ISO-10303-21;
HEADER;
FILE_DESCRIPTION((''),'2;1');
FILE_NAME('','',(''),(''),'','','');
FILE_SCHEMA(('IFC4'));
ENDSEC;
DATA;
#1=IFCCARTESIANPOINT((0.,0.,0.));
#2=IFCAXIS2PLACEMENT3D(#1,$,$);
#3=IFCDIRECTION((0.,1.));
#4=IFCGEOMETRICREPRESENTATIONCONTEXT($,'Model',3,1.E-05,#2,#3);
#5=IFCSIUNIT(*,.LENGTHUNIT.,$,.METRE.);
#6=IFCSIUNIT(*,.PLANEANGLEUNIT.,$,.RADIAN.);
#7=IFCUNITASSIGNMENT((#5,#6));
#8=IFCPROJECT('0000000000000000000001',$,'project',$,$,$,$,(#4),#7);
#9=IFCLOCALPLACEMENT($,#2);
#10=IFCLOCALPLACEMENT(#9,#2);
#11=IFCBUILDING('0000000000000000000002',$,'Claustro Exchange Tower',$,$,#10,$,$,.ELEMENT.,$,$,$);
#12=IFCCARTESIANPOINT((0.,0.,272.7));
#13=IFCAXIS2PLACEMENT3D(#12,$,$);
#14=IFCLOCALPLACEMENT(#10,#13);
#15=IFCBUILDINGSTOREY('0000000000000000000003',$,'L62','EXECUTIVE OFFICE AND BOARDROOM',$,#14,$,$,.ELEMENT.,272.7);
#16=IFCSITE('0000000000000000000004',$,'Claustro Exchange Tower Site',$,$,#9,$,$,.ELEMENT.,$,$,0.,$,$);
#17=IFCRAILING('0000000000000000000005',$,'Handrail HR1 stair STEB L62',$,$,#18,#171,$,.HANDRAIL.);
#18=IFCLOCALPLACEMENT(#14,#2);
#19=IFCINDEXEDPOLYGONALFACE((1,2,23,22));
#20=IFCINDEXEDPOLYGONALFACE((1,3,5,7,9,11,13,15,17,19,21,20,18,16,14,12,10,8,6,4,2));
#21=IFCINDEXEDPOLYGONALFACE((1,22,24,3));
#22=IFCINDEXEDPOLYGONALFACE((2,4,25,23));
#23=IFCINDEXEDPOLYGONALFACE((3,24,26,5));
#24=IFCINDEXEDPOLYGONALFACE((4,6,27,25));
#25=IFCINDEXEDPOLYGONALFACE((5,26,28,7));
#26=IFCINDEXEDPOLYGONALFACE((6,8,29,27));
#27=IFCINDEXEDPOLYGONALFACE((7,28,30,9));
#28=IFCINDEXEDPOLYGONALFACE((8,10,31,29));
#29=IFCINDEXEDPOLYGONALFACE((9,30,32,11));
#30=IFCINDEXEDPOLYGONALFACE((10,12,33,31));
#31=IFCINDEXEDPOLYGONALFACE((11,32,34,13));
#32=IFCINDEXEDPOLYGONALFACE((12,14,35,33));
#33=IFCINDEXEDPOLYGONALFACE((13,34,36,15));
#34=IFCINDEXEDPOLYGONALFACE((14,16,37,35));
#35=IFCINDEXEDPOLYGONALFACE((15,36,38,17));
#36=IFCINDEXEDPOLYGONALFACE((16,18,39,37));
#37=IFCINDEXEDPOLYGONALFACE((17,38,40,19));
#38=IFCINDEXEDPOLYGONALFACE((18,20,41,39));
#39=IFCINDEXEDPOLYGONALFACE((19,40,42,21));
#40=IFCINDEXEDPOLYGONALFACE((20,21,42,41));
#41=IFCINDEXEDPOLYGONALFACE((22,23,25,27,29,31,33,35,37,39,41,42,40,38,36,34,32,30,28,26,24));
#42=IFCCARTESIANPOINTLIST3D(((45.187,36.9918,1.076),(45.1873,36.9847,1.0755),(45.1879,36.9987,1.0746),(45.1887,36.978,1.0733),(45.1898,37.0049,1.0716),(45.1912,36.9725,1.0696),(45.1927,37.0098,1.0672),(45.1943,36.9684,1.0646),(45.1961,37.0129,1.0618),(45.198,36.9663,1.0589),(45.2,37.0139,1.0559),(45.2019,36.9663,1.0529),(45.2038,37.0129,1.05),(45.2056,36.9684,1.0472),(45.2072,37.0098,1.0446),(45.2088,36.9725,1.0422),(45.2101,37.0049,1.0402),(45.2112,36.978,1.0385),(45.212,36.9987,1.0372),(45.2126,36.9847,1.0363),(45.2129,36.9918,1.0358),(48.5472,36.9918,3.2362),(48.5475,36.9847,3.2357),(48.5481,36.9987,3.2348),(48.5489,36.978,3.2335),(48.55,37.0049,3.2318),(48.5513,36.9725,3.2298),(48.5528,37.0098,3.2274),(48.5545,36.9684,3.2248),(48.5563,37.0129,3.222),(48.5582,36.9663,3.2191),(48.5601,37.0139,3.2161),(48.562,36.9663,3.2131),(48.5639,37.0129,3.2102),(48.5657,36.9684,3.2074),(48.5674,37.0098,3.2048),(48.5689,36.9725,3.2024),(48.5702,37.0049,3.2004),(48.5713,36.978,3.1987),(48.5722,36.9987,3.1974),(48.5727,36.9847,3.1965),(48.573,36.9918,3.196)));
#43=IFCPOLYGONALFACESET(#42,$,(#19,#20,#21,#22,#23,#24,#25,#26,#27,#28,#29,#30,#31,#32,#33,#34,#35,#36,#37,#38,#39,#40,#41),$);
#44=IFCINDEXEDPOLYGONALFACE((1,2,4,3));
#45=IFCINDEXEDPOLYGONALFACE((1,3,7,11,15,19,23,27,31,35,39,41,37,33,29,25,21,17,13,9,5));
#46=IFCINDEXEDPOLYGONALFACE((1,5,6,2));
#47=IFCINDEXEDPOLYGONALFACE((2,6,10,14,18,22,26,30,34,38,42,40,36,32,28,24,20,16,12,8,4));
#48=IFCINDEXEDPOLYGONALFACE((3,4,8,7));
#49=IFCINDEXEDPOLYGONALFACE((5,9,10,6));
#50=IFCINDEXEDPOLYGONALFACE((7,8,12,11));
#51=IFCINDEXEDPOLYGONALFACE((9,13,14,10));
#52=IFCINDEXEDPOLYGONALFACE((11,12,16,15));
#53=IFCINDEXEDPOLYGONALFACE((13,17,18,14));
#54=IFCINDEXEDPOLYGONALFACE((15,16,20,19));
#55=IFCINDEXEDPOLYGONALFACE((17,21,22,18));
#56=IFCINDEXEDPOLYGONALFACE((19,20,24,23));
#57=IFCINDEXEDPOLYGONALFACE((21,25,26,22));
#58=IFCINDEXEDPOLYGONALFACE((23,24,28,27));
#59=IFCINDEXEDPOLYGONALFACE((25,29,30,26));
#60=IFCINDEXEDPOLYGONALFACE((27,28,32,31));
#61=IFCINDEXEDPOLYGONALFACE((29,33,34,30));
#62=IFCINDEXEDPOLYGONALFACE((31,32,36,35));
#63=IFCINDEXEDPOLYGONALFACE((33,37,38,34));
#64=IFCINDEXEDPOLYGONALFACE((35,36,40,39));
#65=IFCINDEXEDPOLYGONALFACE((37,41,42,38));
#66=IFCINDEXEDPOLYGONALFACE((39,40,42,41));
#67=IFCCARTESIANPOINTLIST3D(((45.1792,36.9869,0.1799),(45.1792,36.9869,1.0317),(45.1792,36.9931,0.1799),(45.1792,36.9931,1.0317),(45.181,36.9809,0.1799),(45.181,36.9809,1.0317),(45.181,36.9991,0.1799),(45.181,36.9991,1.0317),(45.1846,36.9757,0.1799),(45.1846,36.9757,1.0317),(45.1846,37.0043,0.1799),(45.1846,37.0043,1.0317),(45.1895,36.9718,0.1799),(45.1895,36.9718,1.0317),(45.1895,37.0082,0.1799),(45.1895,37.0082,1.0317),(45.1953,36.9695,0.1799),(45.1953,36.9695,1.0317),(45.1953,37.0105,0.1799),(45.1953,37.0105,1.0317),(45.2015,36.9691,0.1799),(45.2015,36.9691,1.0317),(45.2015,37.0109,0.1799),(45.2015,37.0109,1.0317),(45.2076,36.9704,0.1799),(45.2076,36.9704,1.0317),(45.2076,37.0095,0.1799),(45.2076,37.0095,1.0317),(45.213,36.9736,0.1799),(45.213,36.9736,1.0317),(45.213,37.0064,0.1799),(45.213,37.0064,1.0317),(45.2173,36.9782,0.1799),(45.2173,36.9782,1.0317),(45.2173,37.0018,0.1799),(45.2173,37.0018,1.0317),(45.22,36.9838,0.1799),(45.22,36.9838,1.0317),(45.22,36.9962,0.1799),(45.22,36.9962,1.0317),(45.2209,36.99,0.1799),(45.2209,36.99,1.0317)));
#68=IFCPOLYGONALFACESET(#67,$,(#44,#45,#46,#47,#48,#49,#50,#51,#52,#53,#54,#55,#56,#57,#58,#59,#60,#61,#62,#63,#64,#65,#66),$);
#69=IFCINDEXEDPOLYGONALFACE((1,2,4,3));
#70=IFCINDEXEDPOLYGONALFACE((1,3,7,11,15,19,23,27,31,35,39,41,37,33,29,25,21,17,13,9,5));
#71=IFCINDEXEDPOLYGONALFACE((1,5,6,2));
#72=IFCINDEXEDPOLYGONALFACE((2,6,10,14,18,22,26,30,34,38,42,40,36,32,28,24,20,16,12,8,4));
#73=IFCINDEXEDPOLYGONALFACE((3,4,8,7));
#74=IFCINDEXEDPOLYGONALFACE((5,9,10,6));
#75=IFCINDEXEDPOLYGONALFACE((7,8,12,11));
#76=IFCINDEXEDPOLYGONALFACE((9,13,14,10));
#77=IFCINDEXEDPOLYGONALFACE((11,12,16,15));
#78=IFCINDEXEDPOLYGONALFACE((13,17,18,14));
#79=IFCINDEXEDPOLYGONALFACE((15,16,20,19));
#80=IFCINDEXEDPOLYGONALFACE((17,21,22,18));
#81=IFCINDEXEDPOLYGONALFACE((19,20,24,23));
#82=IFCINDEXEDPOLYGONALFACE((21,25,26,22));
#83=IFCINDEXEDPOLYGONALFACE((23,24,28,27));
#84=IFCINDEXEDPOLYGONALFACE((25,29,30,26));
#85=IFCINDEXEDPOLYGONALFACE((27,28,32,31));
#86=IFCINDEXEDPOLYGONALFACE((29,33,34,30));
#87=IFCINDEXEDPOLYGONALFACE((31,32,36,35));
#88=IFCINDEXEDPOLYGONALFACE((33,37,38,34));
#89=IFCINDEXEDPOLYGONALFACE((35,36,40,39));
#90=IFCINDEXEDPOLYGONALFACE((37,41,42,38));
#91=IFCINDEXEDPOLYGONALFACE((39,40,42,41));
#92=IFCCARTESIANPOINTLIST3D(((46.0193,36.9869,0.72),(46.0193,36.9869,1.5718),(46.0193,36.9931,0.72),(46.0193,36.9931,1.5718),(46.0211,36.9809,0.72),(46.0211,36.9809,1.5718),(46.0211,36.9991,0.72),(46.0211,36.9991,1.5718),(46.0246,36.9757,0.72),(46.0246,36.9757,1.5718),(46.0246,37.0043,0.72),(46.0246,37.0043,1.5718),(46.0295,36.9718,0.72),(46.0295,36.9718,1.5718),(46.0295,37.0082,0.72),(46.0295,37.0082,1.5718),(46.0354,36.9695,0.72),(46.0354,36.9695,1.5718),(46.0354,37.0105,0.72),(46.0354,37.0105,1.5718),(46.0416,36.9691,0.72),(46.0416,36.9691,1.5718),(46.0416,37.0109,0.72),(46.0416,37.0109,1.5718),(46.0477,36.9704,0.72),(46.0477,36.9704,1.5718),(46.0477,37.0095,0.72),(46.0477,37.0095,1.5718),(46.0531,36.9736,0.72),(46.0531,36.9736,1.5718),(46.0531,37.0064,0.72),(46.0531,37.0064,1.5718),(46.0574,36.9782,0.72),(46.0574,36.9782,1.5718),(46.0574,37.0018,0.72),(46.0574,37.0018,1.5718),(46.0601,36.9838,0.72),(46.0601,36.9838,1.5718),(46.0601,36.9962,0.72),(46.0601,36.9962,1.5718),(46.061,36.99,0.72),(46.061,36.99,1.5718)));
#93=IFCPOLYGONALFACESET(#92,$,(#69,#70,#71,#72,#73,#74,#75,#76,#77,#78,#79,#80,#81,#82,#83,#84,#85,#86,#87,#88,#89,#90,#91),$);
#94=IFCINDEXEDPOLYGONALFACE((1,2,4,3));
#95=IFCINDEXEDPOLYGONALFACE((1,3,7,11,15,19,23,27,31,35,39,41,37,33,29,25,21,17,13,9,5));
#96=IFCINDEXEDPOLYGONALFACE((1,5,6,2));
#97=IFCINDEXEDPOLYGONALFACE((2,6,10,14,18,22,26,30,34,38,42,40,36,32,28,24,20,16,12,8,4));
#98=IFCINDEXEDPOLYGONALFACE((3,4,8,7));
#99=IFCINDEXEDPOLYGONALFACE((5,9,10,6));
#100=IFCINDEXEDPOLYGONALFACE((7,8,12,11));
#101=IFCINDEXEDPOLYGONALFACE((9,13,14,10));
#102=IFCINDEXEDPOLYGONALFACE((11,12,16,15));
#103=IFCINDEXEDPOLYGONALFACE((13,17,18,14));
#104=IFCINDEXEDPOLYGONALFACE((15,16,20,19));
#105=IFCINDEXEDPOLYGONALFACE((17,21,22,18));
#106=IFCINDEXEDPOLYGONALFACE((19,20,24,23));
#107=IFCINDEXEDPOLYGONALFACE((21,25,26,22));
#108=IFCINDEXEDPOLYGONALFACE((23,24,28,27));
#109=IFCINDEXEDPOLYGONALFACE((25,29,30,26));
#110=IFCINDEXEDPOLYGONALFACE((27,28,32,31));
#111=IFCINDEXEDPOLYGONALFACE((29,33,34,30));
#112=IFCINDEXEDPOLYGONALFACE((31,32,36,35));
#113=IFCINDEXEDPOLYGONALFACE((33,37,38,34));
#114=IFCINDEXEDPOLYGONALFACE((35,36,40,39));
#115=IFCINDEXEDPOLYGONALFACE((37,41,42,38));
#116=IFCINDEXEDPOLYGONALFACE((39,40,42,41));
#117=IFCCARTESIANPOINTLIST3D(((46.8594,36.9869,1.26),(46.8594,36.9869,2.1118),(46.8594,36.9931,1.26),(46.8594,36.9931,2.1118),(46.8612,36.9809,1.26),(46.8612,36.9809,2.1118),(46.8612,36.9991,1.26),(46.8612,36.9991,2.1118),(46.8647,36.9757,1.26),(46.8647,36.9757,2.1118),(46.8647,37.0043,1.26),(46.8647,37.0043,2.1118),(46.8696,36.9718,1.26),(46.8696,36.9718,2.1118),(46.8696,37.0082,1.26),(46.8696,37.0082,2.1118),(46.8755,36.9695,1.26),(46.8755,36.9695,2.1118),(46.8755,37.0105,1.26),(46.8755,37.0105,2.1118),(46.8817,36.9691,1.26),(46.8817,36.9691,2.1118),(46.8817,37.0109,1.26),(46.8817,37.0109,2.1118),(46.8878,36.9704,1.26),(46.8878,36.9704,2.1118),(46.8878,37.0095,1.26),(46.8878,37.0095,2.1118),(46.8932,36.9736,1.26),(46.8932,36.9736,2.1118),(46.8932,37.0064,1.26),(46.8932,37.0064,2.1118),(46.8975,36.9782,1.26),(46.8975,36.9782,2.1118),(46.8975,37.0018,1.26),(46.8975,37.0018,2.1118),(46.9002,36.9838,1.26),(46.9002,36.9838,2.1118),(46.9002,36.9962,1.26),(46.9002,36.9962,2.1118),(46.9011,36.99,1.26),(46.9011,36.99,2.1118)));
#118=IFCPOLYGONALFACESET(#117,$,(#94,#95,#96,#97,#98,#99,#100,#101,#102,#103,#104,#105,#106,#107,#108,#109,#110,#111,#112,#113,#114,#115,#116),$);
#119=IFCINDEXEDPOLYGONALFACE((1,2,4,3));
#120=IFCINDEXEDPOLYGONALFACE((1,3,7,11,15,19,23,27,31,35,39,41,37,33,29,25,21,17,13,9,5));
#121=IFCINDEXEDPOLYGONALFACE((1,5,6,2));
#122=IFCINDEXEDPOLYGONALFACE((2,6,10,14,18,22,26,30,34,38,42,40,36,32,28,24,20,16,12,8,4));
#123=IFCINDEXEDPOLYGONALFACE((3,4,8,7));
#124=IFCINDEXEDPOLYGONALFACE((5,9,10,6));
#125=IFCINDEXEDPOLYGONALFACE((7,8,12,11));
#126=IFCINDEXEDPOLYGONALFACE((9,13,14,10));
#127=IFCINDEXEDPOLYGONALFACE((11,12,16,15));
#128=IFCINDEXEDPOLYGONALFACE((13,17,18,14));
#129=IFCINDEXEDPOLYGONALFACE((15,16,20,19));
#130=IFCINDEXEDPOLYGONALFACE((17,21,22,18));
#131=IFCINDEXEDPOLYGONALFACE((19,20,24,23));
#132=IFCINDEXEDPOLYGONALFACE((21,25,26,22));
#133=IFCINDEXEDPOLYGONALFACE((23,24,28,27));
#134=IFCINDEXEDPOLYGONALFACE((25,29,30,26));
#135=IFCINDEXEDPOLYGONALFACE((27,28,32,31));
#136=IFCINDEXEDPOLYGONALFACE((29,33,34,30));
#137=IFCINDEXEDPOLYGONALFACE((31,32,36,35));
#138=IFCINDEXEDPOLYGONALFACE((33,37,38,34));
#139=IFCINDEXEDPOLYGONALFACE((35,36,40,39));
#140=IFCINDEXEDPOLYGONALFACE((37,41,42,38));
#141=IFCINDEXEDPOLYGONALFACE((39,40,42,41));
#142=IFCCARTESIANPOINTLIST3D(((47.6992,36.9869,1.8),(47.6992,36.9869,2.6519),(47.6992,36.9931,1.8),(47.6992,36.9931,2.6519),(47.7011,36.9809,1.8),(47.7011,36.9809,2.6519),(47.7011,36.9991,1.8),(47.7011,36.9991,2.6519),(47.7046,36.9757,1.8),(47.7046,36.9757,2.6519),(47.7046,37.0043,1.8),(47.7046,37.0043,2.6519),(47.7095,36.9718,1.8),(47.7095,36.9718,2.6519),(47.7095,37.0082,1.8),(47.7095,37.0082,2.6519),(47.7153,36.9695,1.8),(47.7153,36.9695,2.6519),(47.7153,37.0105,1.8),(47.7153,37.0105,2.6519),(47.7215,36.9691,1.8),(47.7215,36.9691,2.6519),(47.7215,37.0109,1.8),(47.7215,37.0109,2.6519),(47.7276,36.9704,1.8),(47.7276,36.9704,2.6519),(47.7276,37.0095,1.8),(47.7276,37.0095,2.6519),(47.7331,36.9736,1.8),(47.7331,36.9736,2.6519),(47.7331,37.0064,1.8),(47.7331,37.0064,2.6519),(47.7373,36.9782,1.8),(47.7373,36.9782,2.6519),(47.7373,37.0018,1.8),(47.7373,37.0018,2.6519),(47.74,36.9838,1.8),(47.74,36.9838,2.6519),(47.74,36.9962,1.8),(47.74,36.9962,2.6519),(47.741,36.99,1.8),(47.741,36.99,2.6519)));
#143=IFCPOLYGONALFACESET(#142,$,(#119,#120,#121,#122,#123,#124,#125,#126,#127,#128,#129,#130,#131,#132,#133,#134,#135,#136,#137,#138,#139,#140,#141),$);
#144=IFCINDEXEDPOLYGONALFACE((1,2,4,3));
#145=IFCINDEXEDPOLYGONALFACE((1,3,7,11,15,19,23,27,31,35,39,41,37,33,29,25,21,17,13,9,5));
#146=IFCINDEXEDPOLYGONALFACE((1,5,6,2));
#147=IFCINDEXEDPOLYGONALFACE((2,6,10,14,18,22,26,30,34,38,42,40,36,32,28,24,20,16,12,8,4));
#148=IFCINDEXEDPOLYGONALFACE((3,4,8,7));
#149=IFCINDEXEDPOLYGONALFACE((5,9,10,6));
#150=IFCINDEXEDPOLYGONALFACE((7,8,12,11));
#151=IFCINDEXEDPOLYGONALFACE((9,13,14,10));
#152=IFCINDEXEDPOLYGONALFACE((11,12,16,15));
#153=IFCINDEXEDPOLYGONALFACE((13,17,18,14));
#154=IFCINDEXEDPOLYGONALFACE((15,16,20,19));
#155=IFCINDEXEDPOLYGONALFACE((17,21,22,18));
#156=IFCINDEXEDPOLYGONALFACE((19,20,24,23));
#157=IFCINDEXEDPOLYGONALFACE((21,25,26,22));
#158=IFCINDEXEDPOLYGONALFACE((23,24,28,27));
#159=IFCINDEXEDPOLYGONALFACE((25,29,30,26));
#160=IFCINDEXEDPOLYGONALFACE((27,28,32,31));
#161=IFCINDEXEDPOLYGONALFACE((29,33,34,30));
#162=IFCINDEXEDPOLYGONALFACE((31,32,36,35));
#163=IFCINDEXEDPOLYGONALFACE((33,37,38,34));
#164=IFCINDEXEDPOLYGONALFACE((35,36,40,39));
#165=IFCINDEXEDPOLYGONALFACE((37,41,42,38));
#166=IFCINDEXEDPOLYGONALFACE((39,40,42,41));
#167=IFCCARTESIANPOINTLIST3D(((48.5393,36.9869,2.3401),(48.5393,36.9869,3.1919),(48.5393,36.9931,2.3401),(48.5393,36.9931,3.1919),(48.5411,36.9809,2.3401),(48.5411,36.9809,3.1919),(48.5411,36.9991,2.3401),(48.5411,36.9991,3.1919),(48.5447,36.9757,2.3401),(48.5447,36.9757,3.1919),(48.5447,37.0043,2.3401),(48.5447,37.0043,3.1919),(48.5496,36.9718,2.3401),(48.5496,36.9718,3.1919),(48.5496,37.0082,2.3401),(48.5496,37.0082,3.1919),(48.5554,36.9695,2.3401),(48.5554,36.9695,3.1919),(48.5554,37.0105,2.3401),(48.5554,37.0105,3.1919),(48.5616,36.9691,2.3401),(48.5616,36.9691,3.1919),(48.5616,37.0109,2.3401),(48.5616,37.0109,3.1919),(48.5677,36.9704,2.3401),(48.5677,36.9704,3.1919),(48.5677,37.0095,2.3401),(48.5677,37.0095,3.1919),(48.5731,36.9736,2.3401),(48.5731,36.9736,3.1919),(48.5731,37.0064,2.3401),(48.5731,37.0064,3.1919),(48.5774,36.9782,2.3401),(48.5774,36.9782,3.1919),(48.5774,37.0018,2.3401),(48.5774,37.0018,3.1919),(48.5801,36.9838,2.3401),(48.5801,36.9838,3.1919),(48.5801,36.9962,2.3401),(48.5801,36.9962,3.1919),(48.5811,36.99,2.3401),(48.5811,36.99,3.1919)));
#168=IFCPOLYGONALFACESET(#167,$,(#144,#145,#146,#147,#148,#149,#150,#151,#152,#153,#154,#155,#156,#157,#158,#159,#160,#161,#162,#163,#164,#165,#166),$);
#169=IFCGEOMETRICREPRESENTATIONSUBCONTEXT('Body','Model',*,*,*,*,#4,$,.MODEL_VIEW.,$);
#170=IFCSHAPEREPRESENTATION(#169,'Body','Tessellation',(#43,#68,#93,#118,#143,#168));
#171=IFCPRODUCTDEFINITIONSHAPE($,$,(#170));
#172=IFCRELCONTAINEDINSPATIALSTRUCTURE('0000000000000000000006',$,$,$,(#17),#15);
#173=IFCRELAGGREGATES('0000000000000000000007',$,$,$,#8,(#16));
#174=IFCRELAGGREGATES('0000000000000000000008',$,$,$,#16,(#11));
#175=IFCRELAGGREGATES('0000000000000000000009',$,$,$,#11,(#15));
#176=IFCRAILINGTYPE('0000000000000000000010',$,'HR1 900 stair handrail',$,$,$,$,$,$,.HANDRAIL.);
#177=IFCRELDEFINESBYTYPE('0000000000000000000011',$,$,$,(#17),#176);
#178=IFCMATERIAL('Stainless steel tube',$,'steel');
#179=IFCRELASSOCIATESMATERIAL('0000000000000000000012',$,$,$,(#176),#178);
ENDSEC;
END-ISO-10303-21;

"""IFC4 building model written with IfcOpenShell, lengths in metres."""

from ifc_helpers import new_model, si_unit, direction, frame, origin, origin_2d, place, context, subcontext, project, spatial, circle, extrude, material, type_object, element, save


model = new_model("IFC4")

# Units and contexts
model_context = context("Model", 3, precision=1e-05, world=origin(), true_north=direction((0.0, 1.0)))
body_context = subcontext(model_context, "Body", "Model", "MODEL_VIEW")
ifc_project = project(units=[si_unit("LENGTHUNIT", "METRE"), si_unit("PLANEANGLEUNIT", "RADIAN")], contexts=[model_context])

# Site, building, storey
site_placement = place(None, origin())
site = spatial("IfcSite", under=ifc_project, at=site_placement, Name="Claustro Exchange Tower Site", CompositionType="ELEMENT", RefElevation=0.0)
building_placement = place(site_placement, origin())
building = spatial("IfcBuilding", under=site, at=building_placement, Name="Claustro Exchange Tower", CompositionType="ELEMENT")
storey_placement = place(building_placement, frame((0.0, 0.0, 272.7)))
storey = spatial("IfcBuildingStorey", under=building, at=storey_placement, Name="L62", Description="EXECUTIVE OFFICE AND BOARDROOM", CompositionType="ELEMENT", Elevation=272.7)

# Railing
ifc_material_1 = material(Name="Stainless steel tube", Category="steel")
railing_type_1 = type_object("IfcRailingType", Name="HR1 900 stair handrail", PredefinedType="HANDRAIL", material=ifc_material_1)
railing_1_placement = place(storey_placement, frame((45.2, 36.99, 0.1799)))
element("IfcRailing", 1, at=railing_1_placement, inside=storey, type_object=railing_type_1, Name="Handrail HR1 stair STEB L62", PredefinedType="HANDRAIL", context=body_context, shape_type="SweptSolid", body=[
    extrude(circle(Radius=0.0239, at=origin_2d()), frame((0.0, 0.0, 0.876), z_axis=(0.841169, 0.0, 0.540773), x_axis=(0.0, 1.0, 0.0)), (0.0, 0.0, 1.0), 3.9946),
    extrude(circle(Radius=0.021, at=origin_2d()), origin(), (0.0, 0.0, 1.0), 0.8518),
    extrude(circle(Radius=0.021, at=origin_2d()), frame((0.8401, 0.0, 0.54)), (0.0, 0.0, 1.0), 0.8518),
    extrude(circle(Radius=0.021, at=origin_2d()), frame((1.6802, 0.0, 1.0801)), (0.0, 0.0, 1.0), 0.8518),
    extrude(circle(Radius=0.021, at=origin_2d()), frame((2.52, 0.0, 1.6201)), (0.0, 0.0, 1.0), 0.8518),
    extrude(circle(Radius=0.021, at=origin_2d()), frame((3.3601, 0.0, 2.1602)), (0.0, 0.0, 1.0), 0.8518),
])

save(model, "model.ifc")
